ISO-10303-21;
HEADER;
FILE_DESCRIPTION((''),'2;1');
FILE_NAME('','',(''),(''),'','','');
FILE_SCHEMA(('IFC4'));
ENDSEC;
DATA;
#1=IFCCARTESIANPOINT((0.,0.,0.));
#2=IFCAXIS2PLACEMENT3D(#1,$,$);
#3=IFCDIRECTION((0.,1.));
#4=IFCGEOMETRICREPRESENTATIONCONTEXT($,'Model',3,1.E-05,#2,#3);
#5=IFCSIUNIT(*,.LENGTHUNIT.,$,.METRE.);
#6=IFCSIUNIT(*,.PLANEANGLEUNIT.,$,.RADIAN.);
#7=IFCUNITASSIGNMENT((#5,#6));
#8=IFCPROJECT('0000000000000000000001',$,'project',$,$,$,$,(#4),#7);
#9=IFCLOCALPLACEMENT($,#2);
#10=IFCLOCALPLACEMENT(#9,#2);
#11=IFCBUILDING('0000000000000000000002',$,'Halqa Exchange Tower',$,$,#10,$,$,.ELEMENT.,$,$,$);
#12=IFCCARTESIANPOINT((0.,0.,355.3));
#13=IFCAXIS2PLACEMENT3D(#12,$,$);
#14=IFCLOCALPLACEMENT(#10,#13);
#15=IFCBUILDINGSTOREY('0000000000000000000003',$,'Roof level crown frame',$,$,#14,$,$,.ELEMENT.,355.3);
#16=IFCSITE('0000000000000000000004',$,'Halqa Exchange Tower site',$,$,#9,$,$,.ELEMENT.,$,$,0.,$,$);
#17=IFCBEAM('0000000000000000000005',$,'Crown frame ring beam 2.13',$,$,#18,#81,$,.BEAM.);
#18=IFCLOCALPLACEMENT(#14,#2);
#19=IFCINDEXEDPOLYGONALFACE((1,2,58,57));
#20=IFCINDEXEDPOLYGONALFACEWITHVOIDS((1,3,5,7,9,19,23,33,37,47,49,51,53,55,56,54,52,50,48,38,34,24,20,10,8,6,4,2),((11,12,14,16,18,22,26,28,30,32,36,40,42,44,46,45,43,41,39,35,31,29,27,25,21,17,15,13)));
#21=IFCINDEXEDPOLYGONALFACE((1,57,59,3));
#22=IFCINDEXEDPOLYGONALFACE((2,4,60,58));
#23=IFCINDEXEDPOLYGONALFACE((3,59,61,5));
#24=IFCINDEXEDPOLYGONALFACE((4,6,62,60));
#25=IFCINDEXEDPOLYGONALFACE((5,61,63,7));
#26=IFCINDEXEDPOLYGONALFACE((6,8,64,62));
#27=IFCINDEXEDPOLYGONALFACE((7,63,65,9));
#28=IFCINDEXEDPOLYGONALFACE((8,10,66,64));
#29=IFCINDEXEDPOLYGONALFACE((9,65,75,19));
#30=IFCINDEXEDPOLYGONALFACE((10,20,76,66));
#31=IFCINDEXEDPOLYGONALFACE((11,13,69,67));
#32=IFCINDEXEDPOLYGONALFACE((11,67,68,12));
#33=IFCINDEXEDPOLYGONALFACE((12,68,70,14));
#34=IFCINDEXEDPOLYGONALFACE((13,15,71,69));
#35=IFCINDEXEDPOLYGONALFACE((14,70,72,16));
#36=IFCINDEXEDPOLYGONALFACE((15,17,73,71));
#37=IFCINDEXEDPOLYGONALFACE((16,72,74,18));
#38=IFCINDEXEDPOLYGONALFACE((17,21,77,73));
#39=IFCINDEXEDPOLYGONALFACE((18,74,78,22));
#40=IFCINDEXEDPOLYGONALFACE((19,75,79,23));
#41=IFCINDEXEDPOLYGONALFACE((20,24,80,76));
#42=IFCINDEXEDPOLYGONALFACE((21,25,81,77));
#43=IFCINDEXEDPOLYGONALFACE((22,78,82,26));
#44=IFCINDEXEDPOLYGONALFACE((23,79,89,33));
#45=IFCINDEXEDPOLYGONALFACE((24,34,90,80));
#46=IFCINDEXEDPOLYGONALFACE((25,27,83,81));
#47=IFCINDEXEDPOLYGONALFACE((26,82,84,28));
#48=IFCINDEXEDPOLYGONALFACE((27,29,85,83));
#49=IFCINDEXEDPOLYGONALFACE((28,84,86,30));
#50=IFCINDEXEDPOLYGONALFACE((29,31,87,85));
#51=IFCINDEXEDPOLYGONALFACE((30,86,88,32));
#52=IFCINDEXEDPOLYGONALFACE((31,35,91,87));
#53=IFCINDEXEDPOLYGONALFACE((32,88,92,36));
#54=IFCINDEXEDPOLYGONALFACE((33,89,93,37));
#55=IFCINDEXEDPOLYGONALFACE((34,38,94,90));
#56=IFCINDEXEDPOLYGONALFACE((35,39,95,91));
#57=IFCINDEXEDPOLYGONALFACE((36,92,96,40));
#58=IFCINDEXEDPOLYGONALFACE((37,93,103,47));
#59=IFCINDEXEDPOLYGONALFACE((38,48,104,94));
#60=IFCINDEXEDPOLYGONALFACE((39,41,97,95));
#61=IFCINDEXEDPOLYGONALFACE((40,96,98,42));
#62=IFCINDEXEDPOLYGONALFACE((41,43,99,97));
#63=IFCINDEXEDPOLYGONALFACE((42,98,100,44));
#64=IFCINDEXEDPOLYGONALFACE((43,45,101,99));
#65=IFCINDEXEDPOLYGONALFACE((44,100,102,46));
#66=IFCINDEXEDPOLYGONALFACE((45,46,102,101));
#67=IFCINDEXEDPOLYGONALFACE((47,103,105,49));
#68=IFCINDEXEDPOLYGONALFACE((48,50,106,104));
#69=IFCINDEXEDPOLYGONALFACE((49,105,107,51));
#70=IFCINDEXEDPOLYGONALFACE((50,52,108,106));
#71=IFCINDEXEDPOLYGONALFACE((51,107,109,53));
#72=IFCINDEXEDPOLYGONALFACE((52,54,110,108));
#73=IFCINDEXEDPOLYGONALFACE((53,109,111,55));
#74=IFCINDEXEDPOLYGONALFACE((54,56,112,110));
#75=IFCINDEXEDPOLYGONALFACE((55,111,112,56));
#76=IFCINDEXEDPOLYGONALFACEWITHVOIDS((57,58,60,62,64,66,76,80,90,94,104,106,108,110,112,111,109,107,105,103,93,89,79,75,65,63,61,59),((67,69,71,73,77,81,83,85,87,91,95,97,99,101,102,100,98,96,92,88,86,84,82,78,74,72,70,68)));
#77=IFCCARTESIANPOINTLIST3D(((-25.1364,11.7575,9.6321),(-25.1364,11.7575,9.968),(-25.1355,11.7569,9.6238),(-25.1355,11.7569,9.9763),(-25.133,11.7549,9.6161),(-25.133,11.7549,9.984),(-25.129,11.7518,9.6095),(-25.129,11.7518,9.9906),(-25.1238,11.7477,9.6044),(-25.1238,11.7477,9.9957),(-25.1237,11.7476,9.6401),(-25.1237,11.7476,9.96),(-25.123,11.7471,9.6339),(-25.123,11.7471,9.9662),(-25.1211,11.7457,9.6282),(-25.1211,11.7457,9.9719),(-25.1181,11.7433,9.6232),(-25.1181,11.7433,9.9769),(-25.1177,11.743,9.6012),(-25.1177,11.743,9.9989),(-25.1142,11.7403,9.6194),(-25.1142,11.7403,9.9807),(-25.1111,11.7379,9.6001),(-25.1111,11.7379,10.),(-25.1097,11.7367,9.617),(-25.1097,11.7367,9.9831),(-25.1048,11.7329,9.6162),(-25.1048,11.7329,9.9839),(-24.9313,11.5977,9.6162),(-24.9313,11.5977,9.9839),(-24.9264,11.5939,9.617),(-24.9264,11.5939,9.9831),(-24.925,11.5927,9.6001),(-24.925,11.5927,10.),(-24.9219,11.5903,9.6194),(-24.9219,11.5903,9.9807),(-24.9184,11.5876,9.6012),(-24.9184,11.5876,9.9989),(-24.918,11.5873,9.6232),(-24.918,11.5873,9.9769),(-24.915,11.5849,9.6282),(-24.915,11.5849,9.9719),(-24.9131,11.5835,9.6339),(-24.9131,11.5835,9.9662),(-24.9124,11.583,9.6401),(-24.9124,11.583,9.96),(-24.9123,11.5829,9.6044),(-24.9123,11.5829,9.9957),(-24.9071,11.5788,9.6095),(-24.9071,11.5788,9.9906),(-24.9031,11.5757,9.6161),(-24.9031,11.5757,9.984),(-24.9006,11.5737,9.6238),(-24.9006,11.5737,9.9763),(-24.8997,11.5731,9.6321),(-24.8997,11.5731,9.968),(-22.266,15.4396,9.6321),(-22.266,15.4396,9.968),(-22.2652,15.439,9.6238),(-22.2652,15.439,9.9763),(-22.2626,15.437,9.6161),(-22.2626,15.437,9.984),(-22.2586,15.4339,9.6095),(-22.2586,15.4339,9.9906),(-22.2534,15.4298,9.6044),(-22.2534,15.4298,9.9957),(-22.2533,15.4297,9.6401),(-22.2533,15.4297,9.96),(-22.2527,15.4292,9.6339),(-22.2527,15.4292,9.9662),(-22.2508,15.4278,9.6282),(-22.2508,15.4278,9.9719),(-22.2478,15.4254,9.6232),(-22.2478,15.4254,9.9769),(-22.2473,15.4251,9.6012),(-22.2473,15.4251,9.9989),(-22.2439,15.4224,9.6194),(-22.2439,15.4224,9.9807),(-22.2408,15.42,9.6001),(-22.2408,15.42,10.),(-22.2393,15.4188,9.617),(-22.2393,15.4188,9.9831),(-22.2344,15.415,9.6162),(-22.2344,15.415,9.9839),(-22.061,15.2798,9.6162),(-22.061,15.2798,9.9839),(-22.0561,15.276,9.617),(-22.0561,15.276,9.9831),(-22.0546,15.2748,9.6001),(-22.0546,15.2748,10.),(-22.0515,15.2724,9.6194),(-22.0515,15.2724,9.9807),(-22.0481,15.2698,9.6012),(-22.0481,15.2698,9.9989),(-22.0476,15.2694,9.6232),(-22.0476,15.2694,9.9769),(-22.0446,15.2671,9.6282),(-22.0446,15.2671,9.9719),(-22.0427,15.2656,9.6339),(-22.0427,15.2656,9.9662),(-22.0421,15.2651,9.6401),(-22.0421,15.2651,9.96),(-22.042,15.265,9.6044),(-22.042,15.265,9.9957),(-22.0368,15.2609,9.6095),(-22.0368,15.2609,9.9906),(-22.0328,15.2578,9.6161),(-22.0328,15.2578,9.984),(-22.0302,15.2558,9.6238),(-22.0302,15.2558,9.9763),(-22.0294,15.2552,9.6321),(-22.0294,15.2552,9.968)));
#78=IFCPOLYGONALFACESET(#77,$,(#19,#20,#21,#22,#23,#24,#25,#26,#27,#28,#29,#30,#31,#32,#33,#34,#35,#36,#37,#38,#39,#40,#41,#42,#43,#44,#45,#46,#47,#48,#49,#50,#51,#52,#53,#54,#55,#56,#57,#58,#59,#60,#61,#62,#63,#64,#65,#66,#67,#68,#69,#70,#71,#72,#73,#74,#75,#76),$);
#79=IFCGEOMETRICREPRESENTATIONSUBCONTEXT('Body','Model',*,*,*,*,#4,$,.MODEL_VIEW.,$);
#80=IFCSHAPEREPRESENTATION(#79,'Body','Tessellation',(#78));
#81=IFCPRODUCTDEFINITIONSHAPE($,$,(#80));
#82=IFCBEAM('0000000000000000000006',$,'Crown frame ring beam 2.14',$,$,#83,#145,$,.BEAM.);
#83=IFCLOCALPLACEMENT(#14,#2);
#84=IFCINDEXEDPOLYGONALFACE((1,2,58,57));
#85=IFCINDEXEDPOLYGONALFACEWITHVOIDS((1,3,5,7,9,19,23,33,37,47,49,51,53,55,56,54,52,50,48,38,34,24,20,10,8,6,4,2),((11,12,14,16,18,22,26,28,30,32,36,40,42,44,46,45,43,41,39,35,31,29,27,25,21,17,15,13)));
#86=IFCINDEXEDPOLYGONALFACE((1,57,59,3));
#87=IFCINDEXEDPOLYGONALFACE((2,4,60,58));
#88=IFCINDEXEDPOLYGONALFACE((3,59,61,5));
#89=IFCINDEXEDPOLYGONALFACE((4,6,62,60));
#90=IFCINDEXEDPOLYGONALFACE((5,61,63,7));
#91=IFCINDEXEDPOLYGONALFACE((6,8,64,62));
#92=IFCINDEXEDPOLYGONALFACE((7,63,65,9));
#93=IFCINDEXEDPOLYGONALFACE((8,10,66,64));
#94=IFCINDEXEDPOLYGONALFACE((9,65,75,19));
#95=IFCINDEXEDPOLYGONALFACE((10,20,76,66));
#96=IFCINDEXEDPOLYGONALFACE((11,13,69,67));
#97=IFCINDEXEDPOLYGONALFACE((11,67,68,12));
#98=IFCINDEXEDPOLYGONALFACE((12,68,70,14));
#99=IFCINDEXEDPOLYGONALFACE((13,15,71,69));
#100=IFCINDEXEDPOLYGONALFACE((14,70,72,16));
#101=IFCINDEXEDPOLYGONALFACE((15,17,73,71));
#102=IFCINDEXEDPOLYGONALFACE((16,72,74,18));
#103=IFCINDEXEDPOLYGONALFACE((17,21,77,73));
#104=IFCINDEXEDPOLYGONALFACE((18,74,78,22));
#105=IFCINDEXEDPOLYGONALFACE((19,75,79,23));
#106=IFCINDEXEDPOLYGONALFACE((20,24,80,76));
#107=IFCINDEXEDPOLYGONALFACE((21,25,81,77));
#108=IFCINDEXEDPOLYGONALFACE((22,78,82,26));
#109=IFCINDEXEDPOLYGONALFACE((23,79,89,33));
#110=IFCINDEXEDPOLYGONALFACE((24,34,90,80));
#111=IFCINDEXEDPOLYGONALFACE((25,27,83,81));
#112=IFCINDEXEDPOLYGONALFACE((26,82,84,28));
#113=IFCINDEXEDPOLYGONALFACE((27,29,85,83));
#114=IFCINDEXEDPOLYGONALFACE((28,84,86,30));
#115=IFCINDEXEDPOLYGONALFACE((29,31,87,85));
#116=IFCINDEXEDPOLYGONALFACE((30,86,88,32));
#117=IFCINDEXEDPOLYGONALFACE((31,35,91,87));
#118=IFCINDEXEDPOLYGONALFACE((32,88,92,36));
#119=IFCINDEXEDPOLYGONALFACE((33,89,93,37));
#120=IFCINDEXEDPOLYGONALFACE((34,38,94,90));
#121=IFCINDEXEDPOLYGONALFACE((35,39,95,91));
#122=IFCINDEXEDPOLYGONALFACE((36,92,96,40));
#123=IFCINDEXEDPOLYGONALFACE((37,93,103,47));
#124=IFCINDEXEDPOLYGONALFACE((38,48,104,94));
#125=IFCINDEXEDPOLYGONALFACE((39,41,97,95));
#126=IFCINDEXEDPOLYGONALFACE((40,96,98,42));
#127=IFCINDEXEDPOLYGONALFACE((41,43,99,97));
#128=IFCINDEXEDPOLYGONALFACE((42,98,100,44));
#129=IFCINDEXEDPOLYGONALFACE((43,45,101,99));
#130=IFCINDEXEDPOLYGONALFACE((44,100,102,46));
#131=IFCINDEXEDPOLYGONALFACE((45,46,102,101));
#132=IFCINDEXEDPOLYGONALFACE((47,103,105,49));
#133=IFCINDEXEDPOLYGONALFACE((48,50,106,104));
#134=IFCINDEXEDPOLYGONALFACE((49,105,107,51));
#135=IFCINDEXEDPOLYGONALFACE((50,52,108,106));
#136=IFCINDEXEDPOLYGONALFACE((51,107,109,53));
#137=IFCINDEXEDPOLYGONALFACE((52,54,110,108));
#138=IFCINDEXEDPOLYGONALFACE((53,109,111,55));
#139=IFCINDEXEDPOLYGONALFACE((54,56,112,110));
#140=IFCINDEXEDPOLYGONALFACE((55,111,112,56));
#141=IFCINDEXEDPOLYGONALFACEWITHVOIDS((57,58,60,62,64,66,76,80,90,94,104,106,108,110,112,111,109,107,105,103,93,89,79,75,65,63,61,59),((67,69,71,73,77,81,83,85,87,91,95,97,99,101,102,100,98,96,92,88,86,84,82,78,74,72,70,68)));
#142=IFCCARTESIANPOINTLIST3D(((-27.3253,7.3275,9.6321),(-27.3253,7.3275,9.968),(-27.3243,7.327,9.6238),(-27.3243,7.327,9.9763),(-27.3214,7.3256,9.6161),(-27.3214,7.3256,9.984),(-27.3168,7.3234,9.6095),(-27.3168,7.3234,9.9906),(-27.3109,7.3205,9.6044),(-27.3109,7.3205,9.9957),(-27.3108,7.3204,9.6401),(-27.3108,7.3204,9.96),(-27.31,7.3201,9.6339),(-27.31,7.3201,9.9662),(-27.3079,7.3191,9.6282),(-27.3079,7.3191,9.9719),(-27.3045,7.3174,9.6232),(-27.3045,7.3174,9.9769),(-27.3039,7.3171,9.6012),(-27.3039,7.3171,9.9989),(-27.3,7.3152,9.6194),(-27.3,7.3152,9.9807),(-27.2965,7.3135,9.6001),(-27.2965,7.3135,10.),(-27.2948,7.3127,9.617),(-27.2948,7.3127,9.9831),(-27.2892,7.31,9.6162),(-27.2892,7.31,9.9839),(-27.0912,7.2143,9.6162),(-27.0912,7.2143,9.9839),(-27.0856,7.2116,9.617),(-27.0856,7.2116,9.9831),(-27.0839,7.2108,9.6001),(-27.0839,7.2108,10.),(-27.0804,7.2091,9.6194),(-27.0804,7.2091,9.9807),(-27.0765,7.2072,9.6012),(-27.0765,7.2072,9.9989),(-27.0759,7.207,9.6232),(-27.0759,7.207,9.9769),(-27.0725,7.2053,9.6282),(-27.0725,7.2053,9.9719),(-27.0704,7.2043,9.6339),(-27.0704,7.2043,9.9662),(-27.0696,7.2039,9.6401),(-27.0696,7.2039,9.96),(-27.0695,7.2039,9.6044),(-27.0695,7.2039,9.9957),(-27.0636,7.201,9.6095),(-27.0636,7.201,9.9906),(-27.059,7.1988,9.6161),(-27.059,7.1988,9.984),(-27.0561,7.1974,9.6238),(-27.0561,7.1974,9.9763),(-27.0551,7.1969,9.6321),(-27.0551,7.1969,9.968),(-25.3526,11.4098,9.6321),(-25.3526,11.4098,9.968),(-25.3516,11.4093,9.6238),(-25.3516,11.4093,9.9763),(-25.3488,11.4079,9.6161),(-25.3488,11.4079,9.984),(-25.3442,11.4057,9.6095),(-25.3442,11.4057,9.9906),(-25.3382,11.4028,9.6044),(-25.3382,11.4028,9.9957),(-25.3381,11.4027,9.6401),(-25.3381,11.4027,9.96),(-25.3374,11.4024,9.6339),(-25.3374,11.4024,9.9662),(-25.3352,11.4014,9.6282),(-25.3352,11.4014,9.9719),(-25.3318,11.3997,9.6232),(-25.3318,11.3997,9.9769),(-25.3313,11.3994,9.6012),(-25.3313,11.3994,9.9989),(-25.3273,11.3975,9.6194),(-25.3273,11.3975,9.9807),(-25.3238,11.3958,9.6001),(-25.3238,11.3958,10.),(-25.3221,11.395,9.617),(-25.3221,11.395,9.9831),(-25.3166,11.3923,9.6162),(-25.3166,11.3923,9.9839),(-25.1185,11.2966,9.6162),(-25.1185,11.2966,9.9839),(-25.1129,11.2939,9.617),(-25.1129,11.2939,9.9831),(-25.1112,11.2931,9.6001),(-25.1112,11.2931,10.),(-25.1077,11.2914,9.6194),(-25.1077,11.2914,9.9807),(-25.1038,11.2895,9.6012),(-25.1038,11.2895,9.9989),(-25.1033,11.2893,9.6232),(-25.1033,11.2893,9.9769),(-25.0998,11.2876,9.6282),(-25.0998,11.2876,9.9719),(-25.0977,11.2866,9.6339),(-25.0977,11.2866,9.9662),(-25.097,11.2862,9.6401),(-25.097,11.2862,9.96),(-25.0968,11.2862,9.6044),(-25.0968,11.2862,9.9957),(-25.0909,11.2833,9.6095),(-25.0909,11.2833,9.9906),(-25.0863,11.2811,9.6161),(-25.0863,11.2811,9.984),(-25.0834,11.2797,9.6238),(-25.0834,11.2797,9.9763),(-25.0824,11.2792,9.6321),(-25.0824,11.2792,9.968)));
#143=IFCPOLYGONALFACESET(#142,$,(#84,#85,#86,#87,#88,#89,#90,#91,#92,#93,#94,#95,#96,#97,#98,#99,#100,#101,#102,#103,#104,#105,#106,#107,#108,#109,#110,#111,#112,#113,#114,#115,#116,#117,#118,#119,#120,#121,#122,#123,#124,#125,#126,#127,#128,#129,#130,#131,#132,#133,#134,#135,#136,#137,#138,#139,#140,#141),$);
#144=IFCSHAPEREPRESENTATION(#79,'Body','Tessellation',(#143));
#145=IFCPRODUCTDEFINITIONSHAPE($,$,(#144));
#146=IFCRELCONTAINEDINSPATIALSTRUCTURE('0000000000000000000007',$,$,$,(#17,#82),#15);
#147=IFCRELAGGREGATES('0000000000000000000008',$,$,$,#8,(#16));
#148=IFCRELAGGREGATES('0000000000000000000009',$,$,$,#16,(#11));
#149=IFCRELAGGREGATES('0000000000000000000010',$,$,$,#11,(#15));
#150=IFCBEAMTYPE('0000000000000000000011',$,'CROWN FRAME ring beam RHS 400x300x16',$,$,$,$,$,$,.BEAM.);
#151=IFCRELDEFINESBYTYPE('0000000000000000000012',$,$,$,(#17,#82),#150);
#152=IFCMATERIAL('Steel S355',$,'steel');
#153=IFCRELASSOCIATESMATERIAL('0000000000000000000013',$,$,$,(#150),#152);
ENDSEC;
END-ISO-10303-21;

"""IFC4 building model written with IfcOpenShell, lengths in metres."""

from ifc_helpers import new_model, si_unit, direction, frame, origin, origin_2d, place, context, subcontext, project, spatial, hollow_rectangle, extrude, material, material_profile, profile_set, type_object, element, save


model = new_model("IFC4")

# Units and contexts
model_context = context("Model", 3, precision=1e-05, world=origin(), true_north=direction((0.0, 1.0)))
body_context = subcontext(model_context, "Body", "Model", "MODEL_VIEW")
ifc_project = project(units=[si_unit("LENGTHUNIT", "METRE"), si_unit("PLANEANGLEUNIT", "RADIAN")], contexts=[model_context])

# Site, building, storey
site_placement = place(None, origin())
site = spatial("IfcSite", under=ifc_project, at=site_placement, Name="Halqa Exchange Tower site", CompositionType="ELEMENT", RefElevation=0.0)
building_placement = place(site_placement, origin())
building = spatial("IfcBuilding", under=site, at=building_placement, Name="Halqa Exchange Tower", CompositionType="ELEMENT")
storey_placement = place(building_placement, frame((0.0, 0.0, 355.3)))
storey = spatial("IfcBuildingStorey", under=building, at=storey_placement, Name="Roof level crown frame", CompositionType="ELEMENT", Elevation=355.3)

# Shared definitions
ifc_material_1 = material(Name="Steel S355", Category="steel")

# Beams
ifc_material_profile_1 = material_profile(ifc_material_1, hollow_rectangle(XDim=0.3, YDim=0.3999, WallThickness=0.0161, InnerFilletRadius=0.0239, OuterFilletRadius=0.032, at=origin_2d()), Name="RHS 400x300x16")
ifc_profile_set_1 = profile_set([ifc_material_profile_1], Name="Steel S355")
beam_type = type_object("IfcBeamType", Name="CROWN FRAME ring beam RHS 400x300x16", PredefinedType="BEAM", material=ifc_profile_set_1)
beam_1_placement = place(storey_placement, frame((-22.1477, 15.3474, 9.8), z_axis=(-0.614805, -0.788679, 0.0), x_axis=(0.788679, -0.614805, 0.0)))
element("IfcBeam", 1, at=beam_1_placement, inside=storey, type_object=beam_type, Name="Crown frame ring beam 2.13", PredefinedType="BEAM", context=body_context, shape_type="SweptSolid", body=[
    extrude(hollow_rectangle(XDim=0.3, YDim=0.3999, WallThickness=0.0161, InnerFilletRadius=0.0239, OuterFilletRadius=0.032, at=origin_2d()), origin(), (0.0, 0.0, 1.0), 4.6687),
])
beam_2_placement = place(storey_placement, frame((-25.2175, 11.3445, 9.8), z_axis=(-0.435089, -0.900387, 0.0), x_axis=(0.900387, -0.435089, 0.0)))
element("IfcBeam", 2, at=beam_2_placement, inside=storey, type_object=beam_type, Name="Crown frame ring beam 2.14", PredefinedType="BEAM", context=body_context, shape_type="SweptSolid", body=[
    extrude(hollow_rectangle(XDim=0.3, YDim=0.3999, WallThickness=0.0161, InnerFilletRadius=0.0239, OuterFilletRadius=0.032, at=origin_2d()), origin(), (0.0, 0.0, 1.0), 4.5339),
])

save(model, "model.ifc")
